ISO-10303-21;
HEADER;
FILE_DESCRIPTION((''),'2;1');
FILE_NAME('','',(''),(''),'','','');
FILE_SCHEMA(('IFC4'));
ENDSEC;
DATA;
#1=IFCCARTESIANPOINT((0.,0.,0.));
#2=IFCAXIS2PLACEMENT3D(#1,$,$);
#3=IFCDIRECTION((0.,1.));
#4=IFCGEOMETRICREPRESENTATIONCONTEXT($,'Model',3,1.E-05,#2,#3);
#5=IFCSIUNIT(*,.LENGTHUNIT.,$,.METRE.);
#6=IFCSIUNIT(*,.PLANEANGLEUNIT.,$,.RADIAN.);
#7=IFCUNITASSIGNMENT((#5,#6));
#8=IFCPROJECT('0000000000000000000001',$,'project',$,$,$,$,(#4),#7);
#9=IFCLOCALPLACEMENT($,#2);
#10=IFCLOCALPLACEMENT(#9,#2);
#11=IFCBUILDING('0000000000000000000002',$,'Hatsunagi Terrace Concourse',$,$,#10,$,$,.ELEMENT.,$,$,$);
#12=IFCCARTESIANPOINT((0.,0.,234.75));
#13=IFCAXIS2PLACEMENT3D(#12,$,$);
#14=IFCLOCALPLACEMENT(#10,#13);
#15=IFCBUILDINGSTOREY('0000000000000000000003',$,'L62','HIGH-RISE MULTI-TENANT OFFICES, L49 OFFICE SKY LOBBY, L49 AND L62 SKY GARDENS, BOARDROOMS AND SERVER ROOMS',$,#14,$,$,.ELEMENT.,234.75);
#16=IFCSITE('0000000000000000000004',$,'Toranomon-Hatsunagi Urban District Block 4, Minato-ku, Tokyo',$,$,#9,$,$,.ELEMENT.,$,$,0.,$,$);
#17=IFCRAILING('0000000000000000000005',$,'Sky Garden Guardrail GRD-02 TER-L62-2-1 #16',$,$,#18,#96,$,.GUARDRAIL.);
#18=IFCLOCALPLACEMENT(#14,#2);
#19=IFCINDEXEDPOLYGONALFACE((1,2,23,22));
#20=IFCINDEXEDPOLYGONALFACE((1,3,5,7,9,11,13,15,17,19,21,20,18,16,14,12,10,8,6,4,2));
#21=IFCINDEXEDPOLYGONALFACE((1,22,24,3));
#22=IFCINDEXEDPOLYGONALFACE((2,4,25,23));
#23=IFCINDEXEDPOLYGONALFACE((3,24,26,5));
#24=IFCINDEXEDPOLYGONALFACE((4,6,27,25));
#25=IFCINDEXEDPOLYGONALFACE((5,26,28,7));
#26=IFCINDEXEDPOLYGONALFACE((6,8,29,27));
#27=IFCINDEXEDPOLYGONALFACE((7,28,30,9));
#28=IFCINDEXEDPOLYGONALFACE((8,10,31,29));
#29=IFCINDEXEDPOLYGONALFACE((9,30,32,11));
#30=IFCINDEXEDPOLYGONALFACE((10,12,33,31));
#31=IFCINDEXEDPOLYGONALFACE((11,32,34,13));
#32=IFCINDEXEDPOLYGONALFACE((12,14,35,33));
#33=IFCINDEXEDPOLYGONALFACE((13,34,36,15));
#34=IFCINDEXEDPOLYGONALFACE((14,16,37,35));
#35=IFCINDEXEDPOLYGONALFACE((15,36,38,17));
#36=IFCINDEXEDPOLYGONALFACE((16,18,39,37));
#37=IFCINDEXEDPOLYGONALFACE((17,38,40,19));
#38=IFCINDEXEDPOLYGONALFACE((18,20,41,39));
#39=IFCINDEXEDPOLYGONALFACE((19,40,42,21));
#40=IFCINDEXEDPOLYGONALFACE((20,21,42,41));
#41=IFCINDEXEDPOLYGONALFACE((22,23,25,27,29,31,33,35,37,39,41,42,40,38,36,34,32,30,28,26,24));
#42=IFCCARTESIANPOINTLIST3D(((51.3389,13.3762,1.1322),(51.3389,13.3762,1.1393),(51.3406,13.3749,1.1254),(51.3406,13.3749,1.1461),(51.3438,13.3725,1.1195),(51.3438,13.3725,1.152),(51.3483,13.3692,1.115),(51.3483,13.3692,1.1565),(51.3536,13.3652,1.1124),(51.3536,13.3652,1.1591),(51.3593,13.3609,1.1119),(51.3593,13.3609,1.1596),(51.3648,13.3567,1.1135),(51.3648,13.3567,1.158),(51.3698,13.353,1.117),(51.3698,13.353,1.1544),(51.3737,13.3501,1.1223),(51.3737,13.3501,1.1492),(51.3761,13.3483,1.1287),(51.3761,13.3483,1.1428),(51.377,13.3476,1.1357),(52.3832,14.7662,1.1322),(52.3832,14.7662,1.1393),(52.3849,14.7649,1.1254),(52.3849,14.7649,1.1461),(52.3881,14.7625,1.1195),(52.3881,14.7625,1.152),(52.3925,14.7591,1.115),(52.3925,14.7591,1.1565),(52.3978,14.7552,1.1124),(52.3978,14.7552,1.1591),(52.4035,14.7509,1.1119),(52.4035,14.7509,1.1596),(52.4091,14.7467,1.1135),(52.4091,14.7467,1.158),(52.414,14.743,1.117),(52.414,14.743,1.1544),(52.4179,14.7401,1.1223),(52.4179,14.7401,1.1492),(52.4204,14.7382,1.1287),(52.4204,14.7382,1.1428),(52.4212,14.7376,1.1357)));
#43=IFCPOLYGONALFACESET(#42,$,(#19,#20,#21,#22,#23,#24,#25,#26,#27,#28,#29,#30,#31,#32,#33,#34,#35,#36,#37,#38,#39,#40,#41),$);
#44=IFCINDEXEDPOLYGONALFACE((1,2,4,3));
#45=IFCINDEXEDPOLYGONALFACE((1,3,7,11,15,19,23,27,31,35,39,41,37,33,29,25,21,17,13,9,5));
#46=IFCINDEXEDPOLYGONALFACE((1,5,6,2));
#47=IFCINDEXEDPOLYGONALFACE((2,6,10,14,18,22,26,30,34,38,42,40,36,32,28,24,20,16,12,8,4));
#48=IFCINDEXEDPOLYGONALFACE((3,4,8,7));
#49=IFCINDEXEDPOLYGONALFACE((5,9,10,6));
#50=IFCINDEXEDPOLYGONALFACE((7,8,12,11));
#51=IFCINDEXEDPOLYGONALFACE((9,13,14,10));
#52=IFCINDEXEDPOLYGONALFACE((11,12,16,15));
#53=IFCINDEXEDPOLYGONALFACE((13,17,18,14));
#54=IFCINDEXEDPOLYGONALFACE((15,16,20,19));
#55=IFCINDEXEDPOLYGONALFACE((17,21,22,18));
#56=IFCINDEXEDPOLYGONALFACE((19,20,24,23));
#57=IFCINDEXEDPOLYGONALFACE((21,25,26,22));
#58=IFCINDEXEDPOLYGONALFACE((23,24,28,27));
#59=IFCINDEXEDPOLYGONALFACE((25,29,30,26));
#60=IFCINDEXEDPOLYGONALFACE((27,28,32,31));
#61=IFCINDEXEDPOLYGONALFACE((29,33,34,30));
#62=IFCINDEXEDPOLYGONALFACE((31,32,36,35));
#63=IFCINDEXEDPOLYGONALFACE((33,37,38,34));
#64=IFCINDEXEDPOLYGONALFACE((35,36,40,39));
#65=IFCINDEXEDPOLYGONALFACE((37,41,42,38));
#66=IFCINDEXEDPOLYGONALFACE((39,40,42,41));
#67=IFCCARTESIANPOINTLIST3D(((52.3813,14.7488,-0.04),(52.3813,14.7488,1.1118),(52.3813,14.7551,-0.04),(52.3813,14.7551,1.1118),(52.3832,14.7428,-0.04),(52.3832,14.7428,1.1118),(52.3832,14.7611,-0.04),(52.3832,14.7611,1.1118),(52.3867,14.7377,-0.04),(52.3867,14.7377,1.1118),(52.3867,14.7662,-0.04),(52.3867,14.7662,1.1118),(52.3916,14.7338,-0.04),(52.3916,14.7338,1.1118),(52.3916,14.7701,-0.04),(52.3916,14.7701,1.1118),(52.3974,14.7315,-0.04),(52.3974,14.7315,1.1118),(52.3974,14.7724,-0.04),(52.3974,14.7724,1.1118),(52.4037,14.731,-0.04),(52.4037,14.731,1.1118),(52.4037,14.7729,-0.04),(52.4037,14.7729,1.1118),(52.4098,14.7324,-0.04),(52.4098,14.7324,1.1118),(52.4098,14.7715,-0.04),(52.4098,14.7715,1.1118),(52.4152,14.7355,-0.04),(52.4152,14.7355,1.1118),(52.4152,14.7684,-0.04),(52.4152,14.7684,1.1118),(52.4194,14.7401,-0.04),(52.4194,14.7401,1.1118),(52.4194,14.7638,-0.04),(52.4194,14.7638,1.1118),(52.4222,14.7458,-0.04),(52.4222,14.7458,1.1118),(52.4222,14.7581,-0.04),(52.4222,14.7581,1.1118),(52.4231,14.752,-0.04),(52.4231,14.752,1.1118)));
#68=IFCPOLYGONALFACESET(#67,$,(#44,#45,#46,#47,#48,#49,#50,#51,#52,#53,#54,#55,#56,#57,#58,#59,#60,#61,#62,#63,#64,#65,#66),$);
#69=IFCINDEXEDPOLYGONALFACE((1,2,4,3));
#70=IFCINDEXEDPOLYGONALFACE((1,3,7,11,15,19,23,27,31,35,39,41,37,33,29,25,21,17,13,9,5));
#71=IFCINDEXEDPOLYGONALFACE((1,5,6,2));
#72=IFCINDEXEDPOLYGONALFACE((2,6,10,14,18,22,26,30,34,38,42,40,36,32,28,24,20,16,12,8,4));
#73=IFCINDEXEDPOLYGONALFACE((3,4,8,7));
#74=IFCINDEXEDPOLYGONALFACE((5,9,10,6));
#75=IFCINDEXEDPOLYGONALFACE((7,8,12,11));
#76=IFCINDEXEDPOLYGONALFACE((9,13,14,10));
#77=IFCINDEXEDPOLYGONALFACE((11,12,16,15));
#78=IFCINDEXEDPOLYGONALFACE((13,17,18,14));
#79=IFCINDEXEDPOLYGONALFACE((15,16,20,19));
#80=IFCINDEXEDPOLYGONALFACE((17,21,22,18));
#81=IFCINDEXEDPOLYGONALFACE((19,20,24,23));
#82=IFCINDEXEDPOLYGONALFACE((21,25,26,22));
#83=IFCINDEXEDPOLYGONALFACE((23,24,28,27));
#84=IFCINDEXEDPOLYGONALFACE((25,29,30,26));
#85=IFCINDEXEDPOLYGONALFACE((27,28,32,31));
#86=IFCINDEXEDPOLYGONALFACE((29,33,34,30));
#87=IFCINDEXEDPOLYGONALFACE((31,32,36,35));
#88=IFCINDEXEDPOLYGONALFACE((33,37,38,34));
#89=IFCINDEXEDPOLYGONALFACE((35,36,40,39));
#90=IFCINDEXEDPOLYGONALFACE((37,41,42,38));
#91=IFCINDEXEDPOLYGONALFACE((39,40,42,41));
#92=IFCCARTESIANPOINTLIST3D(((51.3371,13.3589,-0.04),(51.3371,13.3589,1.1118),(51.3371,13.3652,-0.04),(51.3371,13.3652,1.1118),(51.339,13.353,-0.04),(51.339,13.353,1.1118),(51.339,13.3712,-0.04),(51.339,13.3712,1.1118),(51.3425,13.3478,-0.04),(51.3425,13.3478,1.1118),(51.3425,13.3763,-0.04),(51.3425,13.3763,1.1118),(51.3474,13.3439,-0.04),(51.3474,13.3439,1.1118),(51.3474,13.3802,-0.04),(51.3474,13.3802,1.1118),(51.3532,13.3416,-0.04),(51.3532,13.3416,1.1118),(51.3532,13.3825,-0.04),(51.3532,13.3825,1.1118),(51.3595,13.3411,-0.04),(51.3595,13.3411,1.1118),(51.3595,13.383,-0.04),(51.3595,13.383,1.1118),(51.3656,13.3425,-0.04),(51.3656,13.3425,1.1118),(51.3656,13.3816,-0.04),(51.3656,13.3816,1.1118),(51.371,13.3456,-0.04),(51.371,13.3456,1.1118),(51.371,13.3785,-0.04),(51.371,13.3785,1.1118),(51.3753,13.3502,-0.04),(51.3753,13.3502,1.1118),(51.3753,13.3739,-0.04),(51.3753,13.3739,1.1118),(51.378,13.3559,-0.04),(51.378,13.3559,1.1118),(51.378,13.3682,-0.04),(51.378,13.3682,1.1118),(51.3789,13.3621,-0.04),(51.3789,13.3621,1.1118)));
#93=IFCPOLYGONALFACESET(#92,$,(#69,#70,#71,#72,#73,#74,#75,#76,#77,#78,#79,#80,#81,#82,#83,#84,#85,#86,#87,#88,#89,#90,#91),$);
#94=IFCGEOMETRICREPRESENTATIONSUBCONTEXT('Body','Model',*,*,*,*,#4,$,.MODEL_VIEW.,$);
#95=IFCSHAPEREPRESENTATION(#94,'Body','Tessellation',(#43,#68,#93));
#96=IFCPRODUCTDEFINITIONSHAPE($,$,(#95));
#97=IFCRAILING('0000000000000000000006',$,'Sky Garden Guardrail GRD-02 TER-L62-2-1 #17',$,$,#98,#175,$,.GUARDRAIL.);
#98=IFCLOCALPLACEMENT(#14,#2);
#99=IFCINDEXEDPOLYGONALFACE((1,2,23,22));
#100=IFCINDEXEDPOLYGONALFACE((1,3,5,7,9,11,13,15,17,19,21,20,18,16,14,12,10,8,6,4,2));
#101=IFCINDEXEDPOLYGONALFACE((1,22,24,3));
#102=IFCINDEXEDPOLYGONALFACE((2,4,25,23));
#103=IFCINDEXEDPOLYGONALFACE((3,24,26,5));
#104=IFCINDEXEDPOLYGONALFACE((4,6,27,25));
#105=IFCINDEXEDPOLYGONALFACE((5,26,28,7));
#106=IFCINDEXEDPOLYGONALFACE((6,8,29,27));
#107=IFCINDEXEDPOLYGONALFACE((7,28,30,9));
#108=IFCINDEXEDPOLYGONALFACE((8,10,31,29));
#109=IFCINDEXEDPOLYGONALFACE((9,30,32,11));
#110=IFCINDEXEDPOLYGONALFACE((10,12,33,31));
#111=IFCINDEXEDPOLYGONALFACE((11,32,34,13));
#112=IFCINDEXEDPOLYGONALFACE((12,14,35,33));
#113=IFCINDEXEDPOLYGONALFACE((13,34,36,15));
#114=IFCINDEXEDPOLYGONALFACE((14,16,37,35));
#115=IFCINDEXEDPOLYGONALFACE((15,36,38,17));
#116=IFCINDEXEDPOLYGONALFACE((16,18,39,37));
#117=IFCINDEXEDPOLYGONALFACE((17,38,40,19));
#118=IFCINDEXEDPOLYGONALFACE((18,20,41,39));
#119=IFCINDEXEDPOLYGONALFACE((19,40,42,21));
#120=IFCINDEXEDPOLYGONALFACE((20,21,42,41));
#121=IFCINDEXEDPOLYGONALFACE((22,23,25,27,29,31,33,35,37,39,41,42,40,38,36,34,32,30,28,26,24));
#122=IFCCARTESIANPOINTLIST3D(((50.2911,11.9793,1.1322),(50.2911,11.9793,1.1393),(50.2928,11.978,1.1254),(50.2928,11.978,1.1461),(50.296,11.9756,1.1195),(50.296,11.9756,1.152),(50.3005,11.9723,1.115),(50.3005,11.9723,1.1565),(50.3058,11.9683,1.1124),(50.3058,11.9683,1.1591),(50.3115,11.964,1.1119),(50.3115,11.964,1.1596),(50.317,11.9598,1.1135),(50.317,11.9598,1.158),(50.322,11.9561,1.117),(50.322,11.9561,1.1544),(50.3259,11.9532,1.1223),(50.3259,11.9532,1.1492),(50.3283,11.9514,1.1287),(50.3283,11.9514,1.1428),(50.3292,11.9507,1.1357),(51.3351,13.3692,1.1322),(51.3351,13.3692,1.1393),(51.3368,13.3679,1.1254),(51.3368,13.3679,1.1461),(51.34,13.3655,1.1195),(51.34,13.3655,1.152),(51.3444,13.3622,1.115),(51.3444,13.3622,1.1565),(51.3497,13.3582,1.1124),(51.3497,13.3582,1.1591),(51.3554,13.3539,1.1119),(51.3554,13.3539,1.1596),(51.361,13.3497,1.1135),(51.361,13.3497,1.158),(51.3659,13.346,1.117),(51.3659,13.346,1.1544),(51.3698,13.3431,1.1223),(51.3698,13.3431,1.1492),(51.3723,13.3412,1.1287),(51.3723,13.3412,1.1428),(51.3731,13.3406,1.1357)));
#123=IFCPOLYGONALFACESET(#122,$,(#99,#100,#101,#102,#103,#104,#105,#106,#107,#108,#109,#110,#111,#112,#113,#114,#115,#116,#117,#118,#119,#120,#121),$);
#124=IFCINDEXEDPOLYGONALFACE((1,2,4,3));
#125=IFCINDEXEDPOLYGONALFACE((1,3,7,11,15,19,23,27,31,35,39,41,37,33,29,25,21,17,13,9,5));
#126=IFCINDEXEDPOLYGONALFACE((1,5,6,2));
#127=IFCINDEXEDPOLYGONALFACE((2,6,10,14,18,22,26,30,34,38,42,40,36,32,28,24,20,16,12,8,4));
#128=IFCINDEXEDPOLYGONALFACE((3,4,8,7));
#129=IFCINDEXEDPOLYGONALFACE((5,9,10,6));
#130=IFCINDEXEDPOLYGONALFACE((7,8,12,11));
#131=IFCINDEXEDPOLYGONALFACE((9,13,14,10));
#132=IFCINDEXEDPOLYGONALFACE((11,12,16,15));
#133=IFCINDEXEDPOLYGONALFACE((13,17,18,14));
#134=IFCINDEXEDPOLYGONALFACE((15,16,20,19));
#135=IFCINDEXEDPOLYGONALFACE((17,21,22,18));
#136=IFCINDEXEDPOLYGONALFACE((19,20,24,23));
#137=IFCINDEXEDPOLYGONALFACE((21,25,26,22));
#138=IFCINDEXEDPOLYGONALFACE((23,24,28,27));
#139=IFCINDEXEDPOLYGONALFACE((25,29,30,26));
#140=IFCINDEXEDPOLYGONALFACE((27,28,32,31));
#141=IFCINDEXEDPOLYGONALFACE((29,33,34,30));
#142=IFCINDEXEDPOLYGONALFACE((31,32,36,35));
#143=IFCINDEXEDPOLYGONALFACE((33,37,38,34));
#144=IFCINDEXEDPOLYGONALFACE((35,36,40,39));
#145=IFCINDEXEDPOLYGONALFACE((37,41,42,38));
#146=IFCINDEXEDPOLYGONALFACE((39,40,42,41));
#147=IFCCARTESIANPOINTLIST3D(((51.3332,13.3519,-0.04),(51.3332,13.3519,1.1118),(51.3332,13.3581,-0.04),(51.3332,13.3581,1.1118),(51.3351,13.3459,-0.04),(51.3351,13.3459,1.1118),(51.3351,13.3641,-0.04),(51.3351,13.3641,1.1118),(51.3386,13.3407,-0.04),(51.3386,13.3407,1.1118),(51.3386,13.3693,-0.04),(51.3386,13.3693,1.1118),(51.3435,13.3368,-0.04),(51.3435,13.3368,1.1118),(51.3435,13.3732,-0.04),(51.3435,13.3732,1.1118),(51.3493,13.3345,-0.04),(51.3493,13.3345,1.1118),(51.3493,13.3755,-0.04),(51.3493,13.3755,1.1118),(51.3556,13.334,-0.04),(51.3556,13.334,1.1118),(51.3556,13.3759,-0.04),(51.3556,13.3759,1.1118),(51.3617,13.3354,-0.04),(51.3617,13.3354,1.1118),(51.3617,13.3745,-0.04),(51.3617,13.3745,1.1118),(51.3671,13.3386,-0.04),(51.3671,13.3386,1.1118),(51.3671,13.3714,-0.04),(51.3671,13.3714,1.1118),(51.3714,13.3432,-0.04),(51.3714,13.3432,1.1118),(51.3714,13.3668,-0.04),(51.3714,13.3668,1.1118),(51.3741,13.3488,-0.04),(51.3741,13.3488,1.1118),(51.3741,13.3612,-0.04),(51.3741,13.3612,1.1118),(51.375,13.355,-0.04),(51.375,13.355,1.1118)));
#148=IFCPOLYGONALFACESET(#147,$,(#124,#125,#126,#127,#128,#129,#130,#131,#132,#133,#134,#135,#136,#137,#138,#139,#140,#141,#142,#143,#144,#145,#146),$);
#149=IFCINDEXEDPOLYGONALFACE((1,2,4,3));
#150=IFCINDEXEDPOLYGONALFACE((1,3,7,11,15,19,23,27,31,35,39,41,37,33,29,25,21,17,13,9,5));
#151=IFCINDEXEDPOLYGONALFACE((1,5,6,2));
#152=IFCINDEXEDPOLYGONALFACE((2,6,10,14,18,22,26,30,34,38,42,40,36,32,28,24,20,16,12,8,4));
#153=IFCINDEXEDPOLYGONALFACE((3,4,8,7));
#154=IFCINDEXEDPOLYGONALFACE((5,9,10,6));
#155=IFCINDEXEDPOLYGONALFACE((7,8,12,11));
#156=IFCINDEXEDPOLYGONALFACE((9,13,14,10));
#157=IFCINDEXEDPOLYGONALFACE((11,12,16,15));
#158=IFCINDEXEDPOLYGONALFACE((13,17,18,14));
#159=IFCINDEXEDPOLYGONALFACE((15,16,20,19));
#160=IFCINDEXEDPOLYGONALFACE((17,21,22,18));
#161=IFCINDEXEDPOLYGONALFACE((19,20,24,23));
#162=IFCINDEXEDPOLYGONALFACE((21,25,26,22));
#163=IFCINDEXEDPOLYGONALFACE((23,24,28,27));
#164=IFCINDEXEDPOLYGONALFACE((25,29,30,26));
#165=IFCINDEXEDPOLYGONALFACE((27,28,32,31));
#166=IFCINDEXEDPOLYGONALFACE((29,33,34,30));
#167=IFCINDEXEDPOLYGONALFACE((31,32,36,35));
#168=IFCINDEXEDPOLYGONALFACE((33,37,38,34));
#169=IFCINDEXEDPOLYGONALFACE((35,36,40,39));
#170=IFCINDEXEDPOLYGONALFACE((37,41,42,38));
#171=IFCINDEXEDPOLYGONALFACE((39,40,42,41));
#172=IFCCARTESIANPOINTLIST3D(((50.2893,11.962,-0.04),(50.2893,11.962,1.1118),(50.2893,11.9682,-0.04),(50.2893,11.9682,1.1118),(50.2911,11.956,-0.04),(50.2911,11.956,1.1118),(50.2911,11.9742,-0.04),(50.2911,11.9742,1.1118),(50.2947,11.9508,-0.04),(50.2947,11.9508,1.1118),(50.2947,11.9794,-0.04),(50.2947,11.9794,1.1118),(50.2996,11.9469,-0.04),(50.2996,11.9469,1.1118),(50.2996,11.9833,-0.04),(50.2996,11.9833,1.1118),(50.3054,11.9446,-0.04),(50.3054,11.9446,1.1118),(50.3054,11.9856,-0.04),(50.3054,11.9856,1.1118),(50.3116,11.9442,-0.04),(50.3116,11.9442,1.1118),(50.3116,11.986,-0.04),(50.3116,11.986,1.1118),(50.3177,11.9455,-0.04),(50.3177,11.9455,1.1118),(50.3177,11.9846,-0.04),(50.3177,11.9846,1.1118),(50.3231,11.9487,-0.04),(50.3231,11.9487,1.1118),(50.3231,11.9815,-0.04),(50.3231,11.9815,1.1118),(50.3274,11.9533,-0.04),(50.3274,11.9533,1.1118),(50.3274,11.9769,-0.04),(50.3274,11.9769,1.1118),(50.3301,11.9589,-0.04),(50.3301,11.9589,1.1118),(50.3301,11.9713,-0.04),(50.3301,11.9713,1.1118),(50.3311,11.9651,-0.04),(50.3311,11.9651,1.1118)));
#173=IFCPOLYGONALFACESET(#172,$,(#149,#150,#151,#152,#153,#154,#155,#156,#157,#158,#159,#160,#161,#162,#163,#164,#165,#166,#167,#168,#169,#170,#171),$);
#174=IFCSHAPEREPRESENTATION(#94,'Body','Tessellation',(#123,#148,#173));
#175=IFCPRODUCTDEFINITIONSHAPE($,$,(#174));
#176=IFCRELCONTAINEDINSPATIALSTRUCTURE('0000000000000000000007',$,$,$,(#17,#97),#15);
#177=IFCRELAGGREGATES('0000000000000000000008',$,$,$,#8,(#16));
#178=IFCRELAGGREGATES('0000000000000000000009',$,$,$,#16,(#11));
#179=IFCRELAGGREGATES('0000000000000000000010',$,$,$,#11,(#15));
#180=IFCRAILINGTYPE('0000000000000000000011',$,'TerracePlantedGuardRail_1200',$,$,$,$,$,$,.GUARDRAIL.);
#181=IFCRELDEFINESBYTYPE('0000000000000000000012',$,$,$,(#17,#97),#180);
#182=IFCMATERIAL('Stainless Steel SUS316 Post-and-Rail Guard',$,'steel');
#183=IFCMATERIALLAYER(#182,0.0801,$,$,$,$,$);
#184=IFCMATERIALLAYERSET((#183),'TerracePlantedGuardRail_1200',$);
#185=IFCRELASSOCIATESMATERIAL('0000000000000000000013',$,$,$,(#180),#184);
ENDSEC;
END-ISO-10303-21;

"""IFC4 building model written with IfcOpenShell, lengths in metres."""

from ifc_helpers import new_model, si_unit, direction, frame, origin, origin_2d, place, context, subcontext, project, spatial, circle, extrude, material, layer, layer_set, type_object, element, save


model = new_model("IFC4")

# Units and contexts
model_context = context("Model", 3, precision=1e-05, world=origin(), true_north=direction((0.0, 1.0)))
body_context = subcontext(model_context, "Body", "Model", "MODEL_VIEW")
ifc_project = project(units=[si_unit("LENGTHUNIT", "METRE"), si_unit("PLANEANGLEUNIT", "RADIAN")], contexts=[model_context])

# Site, building, storey
site_placement = place(None, origin())
site = spatial("IfcSite", under=ifc_project, at=site_placement, Name="Toranomon-Hatsunagi Urban District Block 4, Minato-ku, Tokyo", CompositionType="ELEMENT", RefElevation=0.0)
building_placement = place(site_placement, origin())
building = spatial("IfcBuilding", under=site, at=building_placement, Name="Hatsunagi Terrace Concourse", CompositionType="ELEMENT")
storey_placement = place(building_placement, frame((0.0, 0.0, 234.75)))
storey = spatial("IfcBuildingStorey", under=building, at=storey_placement, Name="L62", Description="HIGH-RISE MULTI-TENANT OFFICES, L49 OFFICE SKY LOBBY, L49 AND L62 SKY GARDENS, BOARDROOMS AND SERVER ROOMS", CompositionType="ELEMENT", Elevation=234.75)

# Railings
ifc_material_1 = material(Name="Stainless Steel SUS316 Post-and-Rail Guard", Category="steel")
ifc_layer_1 = layer(ifc_material_1, 0.0801)
ifc_layer_set_1 = layer_set([ifc_layer_1], Name="TerracePlantedGuardRail_1200")
railing_type = type_object("IfcRailingType", Name="TerracePlantedGuardRail_1200", PredefinedType="GUARDRAIL", material=ifc_layer_set_1)
railing_1_placement = place(storey_placement, frame((52.4021, 14.752, -0.04)))
element("IfcRailing", 1, at=railing_1_placement, inside=storey, type_object=railing_type, Name="Sky Garden Guardrail GRD-02 TER-L62-2-1 #16", PredefinedType="GUARDRAIL", context=body_context, shape_type="SweptSolid", body=[
    extrude(circle(Radius=0.0239, at=origin_2d()), frame((0.0, 0.0, 1.1758), z_axis=(-0.600651, -0.799511, 0.0), x_axis=(0.799511, -0.600651, 0.0)), (0.0, 0.0, 1.0), 1.7385),
    extrude(circle(Radius=0.021, at=origin_2d()), origin(), (0.0, 0.0, 1.0), 1.1519),
    extrude(circle(Radius=0.021, at=origin_2d()), frame((-1.0442, -1.3899, 0.0)), (0.0, 0.0, 1.0), 1.1519),
])
railing_2_placement = place(storey_placement, frame((51.354, 13.355, -0.04)))
element("IfcRailing", 2, at=railing_2_placement, inside=storey, type_object=railing_type, Name="Sky Garden Guardrail GRD-02 TER-L62-2-1 #17", PredefinedType="GUARDRAIL", context=body_context, shape_type="SweptSolid", body=[
    extrude(circle(Radius=0.0239, at=origin_2d()), frame((0.0, 0.0, 1.1758), z_axis=(-0.600562, -0.799578, 0.0), x_axis=(0.799578, -0.600562, 0.0)), (0.0, 0.0, 1.0), 1.7383),
    extrude(circle(Radius=0.021, at=origin_2d()), origin(), (0.0, 0.0, 1.0), 1.1519),
    extrude(circle(Radius=0.021, at=origin_2d()), frame((-1.0439, -1.3899, 0.0)), (0.0, 0.0, 1.0), 1.1519),
])

save(model, "model.ifc")
